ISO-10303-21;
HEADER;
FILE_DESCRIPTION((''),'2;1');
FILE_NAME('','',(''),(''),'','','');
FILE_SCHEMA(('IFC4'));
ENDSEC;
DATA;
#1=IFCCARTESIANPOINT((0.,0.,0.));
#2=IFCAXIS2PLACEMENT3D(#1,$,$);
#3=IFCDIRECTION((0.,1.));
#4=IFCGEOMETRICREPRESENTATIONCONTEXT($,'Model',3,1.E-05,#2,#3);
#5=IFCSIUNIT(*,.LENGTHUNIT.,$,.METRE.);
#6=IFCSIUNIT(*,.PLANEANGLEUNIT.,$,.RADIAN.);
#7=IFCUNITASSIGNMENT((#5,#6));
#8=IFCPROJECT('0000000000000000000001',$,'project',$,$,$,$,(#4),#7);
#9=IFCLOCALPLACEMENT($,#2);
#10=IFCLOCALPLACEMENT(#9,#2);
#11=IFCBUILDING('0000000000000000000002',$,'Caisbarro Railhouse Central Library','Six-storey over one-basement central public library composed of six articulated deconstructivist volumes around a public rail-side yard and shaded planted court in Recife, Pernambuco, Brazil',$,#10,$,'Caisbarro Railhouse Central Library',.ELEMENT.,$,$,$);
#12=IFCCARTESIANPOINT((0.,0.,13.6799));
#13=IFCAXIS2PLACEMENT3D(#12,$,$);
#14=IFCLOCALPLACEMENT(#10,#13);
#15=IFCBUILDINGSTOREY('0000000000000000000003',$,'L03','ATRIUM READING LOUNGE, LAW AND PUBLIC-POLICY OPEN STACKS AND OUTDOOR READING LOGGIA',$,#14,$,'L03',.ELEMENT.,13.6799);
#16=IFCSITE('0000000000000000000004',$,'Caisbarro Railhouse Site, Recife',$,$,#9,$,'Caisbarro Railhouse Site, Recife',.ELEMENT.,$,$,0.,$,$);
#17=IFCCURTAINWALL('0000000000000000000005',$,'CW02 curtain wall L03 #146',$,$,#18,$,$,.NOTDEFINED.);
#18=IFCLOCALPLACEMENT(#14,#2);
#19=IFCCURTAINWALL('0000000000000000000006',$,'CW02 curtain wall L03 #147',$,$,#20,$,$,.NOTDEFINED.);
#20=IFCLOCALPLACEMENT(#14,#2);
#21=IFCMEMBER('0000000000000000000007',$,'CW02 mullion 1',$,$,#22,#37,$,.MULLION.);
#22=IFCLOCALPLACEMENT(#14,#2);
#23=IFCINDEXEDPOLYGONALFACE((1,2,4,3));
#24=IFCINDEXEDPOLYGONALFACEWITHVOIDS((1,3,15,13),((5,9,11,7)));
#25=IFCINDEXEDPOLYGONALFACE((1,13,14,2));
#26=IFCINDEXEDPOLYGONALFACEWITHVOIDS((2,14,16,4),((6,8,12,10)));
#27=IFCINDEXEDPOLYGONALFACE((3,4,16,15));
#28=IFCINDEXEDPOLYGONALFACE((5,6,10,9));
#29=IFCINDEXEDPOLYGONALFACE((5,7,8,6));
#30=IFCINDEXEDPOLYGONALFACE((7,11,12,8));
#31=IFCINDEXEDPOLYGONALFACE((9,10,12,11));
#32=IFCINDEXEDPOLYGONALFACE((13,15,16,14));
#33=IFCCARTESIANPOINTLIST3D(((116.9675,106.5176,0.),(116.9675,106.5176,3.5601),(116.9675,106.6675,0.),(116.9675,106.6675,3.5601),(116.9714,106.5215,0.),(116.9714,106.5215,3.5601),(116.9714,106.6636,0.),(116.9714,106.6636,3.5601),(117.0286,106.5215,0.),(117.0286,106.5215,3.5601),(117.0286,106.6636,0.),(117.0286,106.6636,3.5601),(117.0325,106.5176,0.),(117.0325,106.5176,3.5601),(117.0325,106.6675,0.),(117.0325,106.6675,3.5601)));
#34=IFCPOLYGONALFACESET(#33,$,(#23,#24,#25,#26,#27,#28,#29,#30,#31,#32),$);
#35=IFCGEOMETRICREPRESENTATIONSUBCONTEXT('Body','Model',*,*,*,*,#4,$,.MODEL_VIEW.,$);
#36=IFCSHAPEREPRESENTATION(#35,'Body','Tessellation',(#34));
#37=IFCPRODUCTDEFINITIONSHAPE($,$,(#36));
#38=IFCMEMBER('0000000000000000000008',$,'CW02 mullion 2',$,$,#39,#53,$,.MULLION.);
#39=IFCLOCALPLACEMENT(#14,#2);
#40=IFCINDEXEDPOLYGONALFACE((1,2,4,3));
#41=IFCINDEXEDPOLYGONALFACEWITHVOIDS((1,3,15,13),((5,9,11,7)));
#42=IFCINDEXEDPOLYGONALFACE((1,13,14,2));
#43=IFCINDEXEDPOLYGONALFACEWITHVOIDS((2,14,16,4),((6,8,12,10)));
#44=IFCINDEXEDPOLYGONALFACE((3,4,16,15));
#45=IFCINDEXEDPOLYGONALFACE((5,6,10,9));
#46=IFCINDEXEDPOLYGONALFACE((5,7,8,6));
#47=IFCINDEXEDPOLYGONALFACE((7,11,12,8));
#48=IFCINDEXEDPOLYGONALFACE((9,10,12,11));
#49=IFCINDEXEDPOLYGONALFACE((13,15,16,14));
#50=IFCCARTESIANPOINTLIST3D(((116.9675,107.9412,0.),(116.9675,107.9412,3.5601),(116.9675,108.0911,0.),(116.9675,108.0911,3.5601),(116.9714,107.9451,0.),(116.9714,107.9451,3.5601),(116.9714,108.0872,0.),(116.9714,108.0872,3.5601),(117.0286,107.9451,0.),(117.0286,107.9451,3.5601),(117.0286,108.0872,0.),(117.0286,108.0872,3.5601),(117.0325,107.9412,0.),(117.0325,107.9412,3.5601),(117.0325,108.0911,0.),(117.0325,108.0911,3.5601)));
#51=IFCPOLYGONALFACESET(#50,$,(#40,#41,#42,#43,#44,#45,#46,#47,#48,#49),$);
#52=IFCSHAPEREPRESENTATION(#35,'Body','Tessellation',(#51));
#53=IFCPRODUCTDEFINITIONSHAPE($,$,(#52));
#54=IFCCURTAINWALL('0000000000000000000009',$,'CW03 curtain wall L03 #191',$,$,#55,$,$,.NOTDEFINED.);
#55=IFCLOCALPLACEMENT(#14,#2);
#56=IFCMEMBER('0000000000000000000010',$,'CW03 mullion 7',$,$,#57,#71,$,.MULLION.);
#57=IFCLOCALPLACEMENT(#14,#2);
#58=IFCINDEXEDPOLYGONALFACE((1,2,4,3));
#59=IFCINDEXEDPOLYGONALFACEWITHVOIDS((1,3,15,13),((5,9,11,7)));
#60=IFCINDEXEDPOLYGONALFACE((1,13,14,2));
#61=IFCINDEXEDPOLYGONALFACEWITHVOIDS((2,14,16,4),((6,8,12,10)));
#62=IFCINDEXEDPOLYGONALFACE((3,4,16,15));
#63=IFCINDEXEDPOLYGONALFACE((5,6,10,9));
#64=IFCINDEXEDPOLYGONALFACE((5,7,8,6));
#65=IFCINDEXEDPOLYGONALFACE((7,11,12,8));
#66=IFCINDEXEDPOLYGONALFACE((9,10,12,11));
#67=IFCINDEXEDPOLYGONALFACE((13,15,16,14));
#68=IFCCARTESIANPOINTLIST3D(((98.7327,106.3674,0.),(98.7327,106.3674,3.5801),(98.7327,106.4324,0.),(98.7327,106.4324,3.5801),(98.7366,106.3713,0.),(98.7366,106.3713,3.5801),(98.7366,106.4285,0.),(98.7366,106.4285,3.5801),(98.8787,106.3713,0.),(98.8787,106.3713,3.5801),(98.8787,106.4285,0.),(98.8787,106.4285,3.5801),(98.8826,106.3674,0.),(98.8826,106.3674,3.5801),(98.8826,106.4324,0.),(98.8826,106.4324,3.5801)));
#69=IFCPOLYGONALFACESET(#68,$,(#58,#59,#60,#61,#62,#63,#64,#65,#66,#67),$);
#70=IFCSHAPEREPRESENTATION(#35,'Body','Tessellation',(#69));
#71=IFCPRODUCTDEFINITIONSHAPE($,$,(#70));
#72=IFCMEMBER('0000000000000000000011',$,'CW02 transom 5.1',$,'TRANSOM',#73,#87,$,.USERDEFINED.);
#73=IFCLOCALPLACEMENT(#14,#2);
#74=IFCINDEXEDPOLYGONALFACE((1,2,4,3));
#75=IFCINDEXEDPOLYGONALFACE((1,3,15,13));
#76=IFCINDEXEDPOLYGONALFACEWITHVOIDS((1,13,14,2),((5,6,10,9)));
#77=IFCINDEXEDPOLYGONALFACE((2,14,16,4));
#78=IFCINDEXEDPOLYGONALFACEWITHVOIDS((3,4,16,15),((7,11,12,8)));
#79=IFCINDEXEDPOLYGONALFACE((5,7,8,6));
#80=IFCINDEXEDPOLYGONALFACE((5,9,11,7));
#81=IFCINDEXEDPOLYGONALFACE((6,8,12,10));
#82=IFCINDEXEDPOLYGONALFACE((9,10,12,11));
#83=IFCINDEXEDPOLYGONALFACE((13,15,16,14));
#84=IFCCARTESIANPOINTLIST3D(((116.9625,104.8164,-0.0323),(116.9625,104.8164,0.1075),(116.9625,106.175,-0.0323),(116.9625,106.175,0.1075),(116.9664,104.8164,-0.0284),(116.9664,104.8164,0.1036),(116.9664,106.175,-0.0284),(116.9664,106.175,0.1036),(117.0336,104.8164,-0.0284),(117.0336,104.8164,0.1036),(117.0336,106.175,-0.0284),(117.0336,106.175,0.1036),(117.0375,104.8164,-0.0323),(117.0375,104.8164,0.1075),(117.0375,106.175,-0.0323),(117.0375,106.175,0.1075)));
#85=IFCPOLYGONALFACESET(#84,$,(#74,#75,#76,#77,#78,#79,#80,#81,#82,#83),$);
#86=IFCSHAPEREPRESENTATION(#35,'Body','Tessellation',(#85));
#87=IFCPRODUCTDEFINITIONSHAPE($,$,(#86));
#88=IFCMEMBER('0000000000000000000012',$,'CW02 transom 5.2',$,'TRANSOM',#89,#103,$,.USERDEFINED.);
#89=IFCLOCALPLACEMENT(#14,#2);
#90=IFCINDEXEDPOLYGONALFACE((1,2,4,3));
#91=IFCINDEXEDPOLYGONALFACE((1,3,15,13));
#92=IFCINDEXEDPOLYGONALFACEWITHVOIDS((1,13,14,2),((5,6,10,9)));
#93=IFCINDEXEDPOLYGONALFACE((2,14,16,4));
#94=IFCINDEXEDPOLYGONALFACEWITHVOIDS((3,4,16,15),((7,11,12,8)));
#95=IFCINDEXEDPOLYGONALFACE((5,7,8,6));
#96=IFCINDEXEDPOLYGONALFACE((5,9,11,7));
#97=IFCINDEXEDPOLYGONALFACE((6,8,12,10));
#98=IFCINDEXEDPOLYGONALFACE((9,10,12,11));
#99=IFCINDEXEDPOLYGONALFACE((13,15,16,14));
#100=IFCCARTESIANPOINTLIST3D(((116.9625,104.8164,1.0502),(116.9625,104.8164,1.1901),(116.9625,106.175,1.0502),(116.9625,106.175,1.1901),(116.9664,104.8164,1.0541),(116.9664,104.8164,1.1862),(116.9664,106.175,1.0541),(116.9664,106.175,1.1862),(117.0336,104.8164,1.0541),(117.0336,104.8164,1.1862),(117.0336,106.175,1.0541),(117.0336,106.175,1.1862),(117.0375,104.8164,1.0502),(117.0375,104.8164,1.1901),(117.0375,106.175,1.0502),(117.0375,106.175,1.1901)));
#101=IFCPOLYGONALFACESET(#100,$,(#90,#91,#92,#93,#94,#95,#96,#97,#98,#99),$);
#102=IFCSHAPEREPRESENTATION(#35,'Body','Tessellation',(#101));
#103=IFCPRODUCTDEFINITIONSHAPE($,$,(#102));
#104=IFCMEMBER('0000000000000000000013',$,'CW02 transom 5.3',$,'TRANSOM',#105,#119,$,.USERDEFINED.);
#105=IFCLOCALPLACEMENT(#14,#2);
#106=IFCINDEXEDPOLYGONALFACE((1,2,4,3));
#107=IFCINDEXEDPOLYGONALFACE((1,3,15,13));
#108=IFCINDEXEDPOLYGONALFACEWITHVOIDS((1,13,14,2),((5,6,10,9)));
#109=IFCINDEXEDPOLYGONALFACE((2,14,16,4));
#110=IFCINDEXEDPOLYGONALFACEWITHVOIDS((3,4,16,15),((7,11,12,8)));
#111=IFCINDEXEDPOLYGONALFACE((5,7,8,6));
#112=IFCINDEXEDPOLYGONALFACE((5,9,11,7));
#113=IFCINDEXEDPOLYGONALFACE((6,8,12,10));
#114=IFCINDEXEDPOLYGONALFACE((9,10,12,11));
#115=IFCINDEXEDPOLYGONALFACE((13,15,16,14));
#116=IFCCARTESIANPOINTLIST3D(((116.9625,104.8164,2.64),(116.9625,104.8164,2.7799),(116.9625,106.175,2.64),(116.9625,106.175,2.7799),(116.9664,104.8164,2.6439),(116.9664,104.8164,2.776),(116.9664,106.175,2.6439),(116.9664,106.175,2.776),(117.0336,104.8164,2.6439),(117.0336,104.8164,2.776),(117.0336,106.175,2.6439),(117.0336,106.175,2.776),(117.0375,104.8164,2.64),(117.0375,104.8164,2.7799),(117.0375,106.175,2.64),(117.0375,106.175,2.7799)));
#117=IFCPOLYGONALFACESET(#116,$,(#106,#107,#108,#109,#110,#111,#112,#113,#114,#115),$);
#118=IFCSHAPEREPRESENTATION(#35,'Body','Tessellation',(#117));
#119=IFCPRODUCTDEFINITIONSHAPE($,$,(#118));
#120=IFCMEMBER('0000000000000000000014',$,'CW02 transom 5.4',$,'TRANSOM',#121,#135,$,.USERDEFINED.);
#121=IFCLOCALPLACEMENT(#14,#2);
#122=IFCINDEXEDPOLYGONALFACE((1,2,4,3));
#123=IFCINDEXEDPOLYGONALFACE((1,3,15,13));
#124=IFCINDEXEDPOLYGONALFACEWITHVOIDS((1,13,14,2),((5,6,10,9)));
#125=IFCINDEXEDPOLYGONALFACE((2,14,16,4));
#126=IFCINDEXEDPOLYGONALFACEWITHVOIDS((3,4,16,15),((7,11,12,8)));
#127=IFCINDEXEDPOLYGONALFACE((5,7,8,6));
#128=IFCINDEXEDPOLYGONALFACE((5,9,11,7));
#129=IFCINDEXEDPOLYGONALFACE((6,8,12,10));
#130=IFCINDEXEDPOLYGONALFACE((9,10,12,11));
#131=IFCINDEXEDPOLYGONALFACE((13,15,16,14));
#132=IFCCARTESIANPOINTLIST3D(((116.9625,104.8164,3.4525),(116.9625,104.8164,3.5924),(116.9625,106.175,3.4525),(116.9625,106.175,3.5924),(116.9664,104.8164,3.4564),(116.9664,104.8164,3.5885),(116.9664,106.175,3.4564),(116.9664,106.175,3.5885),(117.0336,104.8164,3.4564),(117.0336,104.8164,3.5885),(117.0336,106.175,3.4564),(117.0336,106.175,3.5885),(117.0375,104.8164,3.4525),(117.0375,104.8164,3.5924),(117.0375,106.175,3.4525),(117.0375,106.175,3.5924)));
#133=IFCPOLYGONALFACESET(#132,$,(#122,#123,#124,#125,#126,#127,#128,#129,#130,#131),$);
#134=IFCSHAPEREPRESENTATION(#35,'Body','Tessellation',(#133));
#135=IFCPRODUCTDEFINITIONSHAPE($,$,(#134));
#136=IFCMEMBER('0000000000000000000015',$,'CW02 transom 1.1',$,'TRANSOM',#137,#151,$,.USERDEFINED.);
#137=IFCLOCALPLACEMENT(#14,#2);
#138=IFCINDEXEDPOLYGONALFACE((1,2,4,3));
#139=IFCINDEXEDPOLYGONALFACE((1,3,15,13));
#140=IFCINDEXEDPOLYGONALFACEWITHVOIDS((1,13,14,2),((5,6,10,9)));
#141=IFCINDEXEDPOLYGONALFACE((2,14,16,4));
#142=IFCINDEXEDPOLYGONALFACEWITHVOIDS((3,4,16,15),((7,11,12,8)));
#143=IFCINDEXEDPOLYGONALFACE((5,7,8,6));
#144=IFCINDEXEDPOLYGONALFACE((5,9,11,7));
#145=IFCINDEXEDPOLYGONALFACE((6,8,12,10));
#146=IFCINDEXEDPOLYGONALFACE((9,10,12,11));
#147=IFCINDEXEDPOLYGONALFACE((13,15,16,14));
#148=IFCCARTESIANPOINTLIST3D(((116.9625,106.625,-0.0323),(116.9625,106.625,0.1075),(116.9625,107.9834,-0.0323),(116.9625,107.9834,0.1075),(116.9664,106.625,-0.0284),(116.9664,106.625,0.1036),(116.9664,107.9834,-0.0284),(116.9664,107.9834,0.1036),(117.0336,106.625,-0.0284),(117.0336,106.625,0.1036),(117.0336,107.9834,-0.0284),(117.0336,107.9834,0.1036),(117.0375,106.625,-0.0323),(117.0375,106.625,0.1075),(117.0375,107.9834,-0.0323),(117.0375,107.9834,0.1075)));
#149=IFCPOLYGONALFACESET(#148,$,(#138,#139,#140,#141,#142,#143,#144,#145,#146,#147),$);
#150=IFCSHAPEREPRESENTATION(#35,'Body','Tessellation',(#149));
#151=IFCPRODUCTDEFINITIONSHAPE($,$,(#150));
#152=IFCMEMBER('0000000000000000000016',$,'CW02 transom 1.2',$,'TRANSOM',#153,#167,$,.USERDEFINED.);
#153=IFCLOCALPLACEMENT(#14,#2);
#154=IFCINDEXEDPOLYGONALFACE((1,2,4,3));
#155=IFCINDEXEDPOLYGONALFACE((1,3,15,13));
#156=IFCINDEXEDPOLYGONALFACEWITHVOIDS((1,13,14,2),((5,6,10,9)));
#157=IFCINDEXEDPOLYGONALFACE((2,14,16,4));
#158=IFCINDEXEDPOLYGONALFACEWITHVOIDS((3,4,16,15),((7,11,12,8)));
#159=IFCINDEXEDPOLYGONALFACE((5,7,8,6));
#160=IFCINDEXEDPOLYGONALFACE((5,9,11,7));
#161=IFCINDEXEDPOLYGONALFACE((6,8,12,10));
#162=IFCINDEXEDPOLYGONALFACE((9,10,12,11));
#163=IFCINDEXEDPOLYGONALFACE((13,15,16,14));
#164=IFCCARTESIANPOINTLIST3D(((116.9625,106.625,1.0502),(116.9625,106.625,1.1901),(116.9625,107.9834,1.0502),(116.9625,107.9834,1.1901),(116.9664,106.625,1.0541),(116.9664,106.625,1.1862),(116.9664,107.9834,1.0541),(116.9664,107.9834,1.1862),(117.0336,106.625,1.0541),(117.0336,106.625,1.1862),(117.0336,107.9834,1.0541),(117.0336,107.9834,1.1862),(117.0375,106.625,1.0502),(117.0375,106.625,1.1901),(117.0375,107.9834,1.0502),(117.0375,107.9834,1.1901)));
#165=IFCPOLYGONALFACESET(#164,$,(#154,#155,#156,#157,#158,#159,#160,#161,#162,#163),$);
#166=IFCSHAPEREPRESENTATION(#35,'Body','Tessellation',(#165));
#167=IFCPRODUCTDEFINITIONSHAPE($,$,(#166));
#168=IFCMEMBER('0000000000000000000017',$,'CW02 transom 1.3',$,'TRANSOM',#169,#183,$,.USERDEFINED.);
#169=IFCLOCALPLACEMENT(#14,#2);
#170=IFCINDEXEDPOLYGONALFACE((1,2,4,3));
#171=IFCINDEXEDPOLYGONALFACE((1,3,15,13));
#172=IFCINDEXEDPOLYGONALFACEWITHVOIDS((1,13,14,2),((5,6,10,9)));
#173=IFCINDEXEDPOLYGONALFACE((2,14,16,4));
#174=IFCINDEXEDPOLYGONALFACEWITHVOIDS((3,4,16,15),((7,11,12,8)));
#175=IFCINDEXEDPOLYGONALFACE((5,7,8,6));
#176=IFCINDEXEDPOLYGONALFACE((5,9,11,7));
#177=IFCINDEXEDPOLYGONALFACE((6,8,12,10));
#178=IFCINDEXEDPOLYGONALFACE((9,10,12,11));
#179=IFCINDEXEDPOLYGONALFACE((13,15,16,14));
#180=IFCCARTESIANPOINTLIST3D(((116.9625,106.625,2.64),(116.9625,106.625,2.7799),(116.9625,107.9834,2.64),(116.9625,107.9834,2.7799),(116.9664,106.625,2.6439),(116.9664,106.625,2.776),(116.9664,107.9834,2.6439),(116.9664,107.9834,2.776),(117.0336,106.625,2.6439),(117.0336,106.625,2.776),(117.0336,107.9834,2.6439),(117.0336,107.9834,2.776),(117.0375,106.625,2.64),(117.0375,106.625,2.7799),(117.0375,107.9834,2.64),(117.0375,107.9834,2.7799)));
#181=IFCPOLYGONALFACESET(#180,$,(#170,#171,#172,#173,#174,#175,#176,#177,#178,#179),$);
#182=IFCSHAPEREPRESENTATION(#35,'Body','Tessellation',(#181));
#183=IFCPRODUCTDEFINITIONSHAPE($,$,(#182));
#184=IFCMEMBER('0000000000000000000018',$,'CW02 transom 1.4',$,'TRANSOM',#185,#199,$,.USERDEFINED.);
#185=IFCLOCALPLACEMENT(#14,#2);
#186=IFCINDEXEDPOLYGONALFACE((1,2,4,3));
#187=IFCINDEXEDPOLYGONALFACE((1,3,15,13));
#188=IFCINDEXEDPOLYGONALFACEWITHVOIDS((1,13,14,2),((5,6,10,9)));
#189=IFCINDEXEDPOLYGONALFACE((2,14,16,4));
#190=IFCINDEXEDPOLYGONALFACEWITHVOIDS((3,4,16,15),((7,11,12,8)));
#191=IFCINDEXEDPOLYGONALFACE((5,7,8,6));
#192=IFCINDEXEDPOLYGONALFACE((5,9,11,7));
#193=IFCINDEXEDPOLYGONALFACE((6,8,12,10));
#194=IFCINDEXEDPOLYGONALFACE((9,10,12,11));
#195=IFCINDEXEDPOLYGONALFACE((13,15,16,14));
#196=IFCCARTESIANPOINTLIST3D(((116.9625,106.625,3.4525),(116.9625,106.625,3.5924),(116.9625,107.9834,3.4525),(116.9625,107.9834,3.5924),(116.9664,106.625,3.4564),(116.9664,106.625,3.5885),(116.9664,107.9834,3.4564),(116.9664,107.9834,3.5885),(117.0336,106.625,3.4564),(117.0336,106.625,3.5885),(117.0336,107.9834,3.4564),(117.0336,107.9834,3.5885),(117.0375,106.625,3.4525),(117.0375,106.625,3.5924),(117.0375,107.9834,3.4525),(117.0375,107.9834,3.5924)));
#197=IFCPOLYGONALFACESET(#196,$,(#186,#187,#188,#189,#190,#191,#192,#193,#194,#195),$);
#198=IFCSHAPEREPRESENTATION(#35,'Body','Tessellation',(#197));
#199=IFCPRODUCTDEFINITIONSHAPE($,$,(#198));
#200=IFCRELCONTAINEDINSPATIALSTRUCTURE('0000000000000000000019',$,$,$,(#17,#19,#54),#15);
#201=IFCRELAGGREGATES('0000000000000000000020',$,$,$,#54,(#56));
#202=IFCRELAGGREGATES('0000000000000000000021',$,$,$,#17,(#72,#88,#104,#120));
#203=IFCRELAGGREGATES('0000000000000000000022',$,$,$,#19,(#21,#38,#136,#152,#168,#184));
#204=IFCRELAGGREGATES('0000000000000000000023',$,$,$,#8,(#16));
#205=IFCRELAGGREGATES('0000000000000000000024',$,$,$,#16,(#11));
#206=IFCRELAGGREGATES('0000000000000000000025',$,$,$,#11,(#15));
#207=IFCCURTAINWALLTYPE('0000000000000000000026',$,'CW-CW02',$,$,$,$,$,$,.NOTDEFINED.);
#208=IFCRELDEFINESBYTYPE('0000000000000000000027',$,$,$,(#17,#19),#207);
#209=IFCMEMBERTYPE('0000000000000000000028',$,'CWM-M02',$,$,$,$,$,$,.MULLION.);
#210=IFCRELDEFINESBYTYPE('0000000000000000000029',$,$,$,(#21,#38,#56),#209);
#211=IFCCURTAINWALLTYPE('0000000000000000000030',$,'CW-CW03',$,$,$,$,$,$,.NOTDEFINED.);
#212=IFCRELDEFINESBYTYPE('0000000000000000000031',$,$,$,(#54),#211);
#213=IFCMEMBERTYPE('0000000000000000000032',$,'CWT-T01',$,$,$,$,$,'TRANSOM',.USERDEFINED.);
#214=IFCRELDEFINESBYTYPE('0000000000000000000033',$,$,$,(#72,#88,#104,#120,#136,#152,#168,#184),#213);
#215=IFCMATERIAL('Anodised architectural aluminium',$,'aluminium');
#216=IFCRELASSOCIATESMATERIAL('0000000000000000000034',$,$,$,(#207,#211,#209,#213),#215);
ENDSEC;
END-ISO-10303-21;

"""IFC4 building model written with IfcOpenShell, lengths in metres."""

from ifc_helpers import new_model, si_unit, direction, frame, origin, origin_2d, place, context, subcontext, project, spatial, hollow_rectangle, extrude, material, material_profile, profile_set, type_object, element, aggregate, save


model = new_model("IFC4")

# Units and contexts
model_context = context("Model", 3, precision=1e-05, world=origin(), true_north=direction((0.0, 1.0)))
body_context = subcontext(model_context, "Body", "Model", "MODEL_VIEW")
ifc_project = project(units=[si_unit("LENGTHUNIT", "METRE"), si_unit("PLANEANGLEUNIT", "RADIAN")], contexts=[model_context])

# Site, building, storey
site_placement = place(None, origin())
site = spatial("IfcSite", under=ifc_project, at=site_placement, Name="Caisbarro Railhouse Site, Recife", LongName="Caisbarro Railhouse Site, Recife", CompositionType="ELEMENT", RefElevation=0.0)
building_placement = place(site_placement, origin())
building = spatial("IfcBuilding", under=site, at=building_placement, Name="Caisbarro Railhouse Central Library", Description="Six-storey over one-basement central public library composed of six articulated deconstructivist volumes around a public rail-side yard and shaded planted court in Recife, Pernambuco, Brazil", LongName="Caisbarro Railhouse Central Library", CompositionType="ELEMENT")
storey_placement = place(building_placement, frame((0.0, 0.0, 13.6799)))
storey = spatial("IfcBuildingStorey", under=building, at=storey_placement, Name="L03", Description="ATRIUM READING LOUNGE, LAW AND PUBLIC-POLICY OPEN STACKS AND OUTDOOR READING LOGGIA", LongName="L03", CompositionType="ELEMENT", Elevation=13.6799)

# Curtain wall
ifc_material_1 = material(Name="Anodised architectural aluminium", Category="aluminium")
curtain_wall_type_1 = type_object("IfcCurtainWallType", Name="CW-CW02", PredefinedType="NOTDEFINED", material=ifc_material_1)
curtain_wall_1_placement = place(storey_placement, origin())
curtain_wall_1 = element("IfcCurtainWall", 1, at=curtain_wall_1_placement, inside=storey, type_object=curtain_wall_type_1, Name="CW02 curtain wall L03 #146", PredefinedType="NOTDEFINED")
ifc_material_profile_1 = material_profile(ifc_material_1, hollow_rectangle(XDim=0.0649, YDim=0.1499, WallThickness=0.0039, at=origin_2d()), Name="ALU-MUL-65X150")
ifc_profile_set_1 = profile_set([ifc_material_profile_1], Name="Anodised architectural aluminium")
member_type_1 = type_object("IfcMemberType", Name="CWM-M02", PredefinedType="MULLION", material=ifc_profile_set_1)

# Curtain wall, members
curtain_wall_2_placement = place(storey_placement, origin())
curtain_wall_2 = element("IfcCurtainWall", 2, at=curtain_wall_2_placement, inside=storey, type_object=curtain_wall_type_1, Name="CW02 curtain wall L03 #147", PredefinedType="NOTDEFINED")
member_1_placement = place(storey_placement, frame((117.0, 106.5925, 0.0), z_axis=(0.0, 0.0, 1.0), x_axis=(-1.0, 0.0, 0.0)))
member_1 = element("IfcMember", 3, at=member_1_placement, type_object=member_type_1, Name="CW02 mullion 1", PredefinedType="MULLION", context=body_context, shape_type="SweptSolid", body=[
    extrude(hollow_rectangle(XDim=0.0649, YDim=0.1499, WallThickness=0.0039, at=origin_2d()), origin(), (0.0, 0.0, 1.0), 3.5601),
])
member_2_placement = place(storey_placement, frame((117.0, 108.0161, 0.0), z_axis=(0.0, 0.0, 1.0), x_axis=(-1.0, 0.0, 0.0)))
member_2 = element("IfcMember", 4, at=member_2_placement, type_object=member_type_1, Name="CW02 mullion 2", PredefinedType="MULLION", context=body_context, shape_type="SweptSolid", body=[
    extrude(hollow_rectangle(XDim=0.0649, YDim=0.1499, WallThickness=0.0039, at=origin_2d()), origin(), (0.0, 0.0, 1.0), 3.5601),
])

# Curtain wall, member
curtain_wall_type_2 = type_object("IfcCurtainWallType", Name="CW-CW03", PredefinedType="NOTDEFINED", material=ifc_material_1)
curtain_wall_3_placement = place(storey_placement, origin())
curtain_wall_3 = element("IfcCurtainWall", 5, at=curtain_wall_3_placement, inside=storey, type_object=curtain_wall_type_2, Name="CW03 curtain wall L03 #191", PredefinedType="NOTDEFINED")
member_3_placement = place(storey_placement, frame((98.8076, 106.3999, 0.0), z_axis=(0.0, 0.0, 1.0), x_axis=(0.0, 1.0, 0.0)))
member_3 = element("IfcMember", 6, at=member_3_placement, type_object=member_type_1, Name="CW03 mullion 7", PredefinedType="MULLION", context=body_context, shape_type="SweptSolid", body=[
    extrude(hollow_rectangle(XDim=0.0649, YDim=0.1499, WallThickness=0.0039, at=origin_2d()), origin(), (0.0, 0.0, 1.0), 3.5801),
])

# Members
ifc_material_profile_2 = material_profile(ifc_material_1, hollow_rectangle(XDim=0.075, YDim=0.1399, WallThickness=0.0039, at=origin_2d()), Name="ALU-TRN-75X140")
ifc_profile_set_2 = profile_set([ifc_material_profile_2], Name="Anodised architectural aluminium")
member_type_2 = type_object("IfcMemberType", Name="CWT-T01", ElementType="TRANSOM", PredefinedType="USERDEFINED", material=ifc_profile_set_2)
member_4_placement = place(storey_placement, frame((117.0, 104.8164, 0.0376), z_axis=(0.0, 1.0, 0.0), x_axis=(-1.0, 0.0, 0.0)))
member_4 = element("IfcMember", 7, at=member_4_placement, type_object=member_type_2, Name="CW02 transom 5.1", ObjectType="TRANSOM", PredefinedType="USERDEFINED", context=body_context, shape_type="SweptSolid", body=[
    extrude(hollow_rectangle(XDim=0.075, YDim=0.1399, WallThickness=0.0039, at=origin_2d()), origin(), (0.0, 0.0, 1.0), 1.3586),
])
member_5_placement = place(storey_placement, frame((117.0, 104.8164, 1.1201), z_axis=(0.0, 1.0, 0.0), x_axis=(-1.0, 0.0, 0.0)))
member_5 = element("IfcMember", 8, at=member_5_placement, type_object=member_type_2, Name="CW02 transom 5.2", ObjectType="TRANSOM", PredefinedType="USERDEFINED", context=body_context, shape_type="SweptSolid", body=[
    extrude(hollow_rectangle(XDim=0.075, YDim=0.1399, WallThickness=0.0039, at=origin_2d()), origin(), (0.0, 0.0, 1.0), 1.3586),
])
member_6_placement = place(storey_placement, frame((117.0, 104.8164, 2.71), z_axis=(0.0, 1.0, 0.0), x_axis=(-1.0, 0.0, 0.0)))
member_6 = element("IfcMember", 9, at=member_6_placement, type_object=member_type_2, Name="CW02 transom 5.3", ObjectType="TRANSOM", PredefinedType="USERDEFINED", context=body_context, shape_type="SweptSolid", body=[
    extrude(hollow_rectangle(XDim=0.075, YDim=0.1399, WallThickness=0.0039, at=origin_2d()), origin(), (0.0, 0.0, 1.0), 1.3586),
])
member_7_placement = place(storey_placement, frame((117.0, 104.8164, 3.5225), z_axis=(0.0, 1.0, 0.0), x_axis=(-1.0, 0.0, 0.0)))
member_7 = element("IfcMember", 10, at=member_7_placement, type_object=member_type_2, Name="CW02 transom 5.4", ObjectType="TRANSOM", PredefinedType="USERDEFINED", context=body_context, shape_type="SweptSolid", body=[
    extrude(hollow_rectangle(XDim=0.075, YDim=0.1399, WallThickness=0.0039, at=origin_2d()), origin(), (0.0, 0.0, 1.0), 1.3586),
])
member_8_placement = place(storey_placement, frame((117.0, 106.625, 0.0376), z_axis=(0.0, 1.0, 0.0), x_axis=(-1.0, 0.0, 0.0)))
member_8 = element("IfcMember", 11, at=member_8_placement, type_object=member_type_2, Name="CW02 transom 1.1", ObjectType="TRANSOM", PredefinedType="USERDEFINED", context=body_context, shape_type="SweptSolid", body=[
    extrude(hollow_rectangle(XDim=0.075, YDim=0.1399, WallThickness=0.0039, at=origin_2d()), origin(), (0.0, 0.0, 1.0), 1.3584),
])
member_9_placement = place(storey_placement, frame((117.0, 106.625, 1.1201), z_axis=(0.0, 1.0, 0.0), x_axis=(-1.0, 0.0, 0.0)))
member_9 = element("IfcMember", 12, at=member_9_placement, type_object=member_type_2, Name="CW02 transom 1.2", ObjectType="TRANSOM", PredefinedType="USERDEFINED", context=body_context, shape_type="SweptSolid", body=[
    extrude(hollow_rectangle(XDim=0.075, YDim=0.1399, WallThickness=0.0039, at=origin_2d()), origin(), (0.0, 0.0, 1.0), 1.3584),
])
member_10_placement = place(storey_placement, frame((117.0, 106.625, 2.71), z_axis=(0.0, 1.0, 0.0), x_axis=(-1.0, 0.0, 0.0)))
member_10 = element("IfcMember", 13, at=member_10_placement, type_object=member_type_2, Name="CW02 transom 1.3", ObjectType="TRANSOM", PredefinedType="USERDEFINED", context=body_context, shape_type="SweptSolid", body=[
    extrude(hollow_rectangle(XDim=0.075, YDim=0.1399, WallThickness=0.0039, at=origin_2d()), origin(), (0.0, 0.0, 1.0), 1.3584),
])
member_11_placement = place(storey_placement, frame((117.0, 106.625, 3.5225), z_axis=(0.0, 1.0, 0.0), x_axis=(-1.0, 0.0, 0.0)))
member_11 = element("IfcMember", 14, at=member_11_placement, type_object=member_type_2, Name="CW02 transom 1.4", ObjectType="TRANSOM", PredefinedType="USERDEFINED", context=body_context, shape_type="SweptSolid", body=[
    extrude(hollow_rectangle(XDim=0.075, YDim=0.1399, WallThickness=0.0039, at=origin_2d()), origin(), (0.0, 0.0, 1.0), 1.3584),
])

aggregate(curtain_wall_3, [member_3])
aggregate(curtain_wall_1, [member_4, member_5, member_6, member_7])
aggregate(curtain_wall_2, [member_1, member_2, member_8, member_9, member_10, member_11])

save(model, "model.ifc")
